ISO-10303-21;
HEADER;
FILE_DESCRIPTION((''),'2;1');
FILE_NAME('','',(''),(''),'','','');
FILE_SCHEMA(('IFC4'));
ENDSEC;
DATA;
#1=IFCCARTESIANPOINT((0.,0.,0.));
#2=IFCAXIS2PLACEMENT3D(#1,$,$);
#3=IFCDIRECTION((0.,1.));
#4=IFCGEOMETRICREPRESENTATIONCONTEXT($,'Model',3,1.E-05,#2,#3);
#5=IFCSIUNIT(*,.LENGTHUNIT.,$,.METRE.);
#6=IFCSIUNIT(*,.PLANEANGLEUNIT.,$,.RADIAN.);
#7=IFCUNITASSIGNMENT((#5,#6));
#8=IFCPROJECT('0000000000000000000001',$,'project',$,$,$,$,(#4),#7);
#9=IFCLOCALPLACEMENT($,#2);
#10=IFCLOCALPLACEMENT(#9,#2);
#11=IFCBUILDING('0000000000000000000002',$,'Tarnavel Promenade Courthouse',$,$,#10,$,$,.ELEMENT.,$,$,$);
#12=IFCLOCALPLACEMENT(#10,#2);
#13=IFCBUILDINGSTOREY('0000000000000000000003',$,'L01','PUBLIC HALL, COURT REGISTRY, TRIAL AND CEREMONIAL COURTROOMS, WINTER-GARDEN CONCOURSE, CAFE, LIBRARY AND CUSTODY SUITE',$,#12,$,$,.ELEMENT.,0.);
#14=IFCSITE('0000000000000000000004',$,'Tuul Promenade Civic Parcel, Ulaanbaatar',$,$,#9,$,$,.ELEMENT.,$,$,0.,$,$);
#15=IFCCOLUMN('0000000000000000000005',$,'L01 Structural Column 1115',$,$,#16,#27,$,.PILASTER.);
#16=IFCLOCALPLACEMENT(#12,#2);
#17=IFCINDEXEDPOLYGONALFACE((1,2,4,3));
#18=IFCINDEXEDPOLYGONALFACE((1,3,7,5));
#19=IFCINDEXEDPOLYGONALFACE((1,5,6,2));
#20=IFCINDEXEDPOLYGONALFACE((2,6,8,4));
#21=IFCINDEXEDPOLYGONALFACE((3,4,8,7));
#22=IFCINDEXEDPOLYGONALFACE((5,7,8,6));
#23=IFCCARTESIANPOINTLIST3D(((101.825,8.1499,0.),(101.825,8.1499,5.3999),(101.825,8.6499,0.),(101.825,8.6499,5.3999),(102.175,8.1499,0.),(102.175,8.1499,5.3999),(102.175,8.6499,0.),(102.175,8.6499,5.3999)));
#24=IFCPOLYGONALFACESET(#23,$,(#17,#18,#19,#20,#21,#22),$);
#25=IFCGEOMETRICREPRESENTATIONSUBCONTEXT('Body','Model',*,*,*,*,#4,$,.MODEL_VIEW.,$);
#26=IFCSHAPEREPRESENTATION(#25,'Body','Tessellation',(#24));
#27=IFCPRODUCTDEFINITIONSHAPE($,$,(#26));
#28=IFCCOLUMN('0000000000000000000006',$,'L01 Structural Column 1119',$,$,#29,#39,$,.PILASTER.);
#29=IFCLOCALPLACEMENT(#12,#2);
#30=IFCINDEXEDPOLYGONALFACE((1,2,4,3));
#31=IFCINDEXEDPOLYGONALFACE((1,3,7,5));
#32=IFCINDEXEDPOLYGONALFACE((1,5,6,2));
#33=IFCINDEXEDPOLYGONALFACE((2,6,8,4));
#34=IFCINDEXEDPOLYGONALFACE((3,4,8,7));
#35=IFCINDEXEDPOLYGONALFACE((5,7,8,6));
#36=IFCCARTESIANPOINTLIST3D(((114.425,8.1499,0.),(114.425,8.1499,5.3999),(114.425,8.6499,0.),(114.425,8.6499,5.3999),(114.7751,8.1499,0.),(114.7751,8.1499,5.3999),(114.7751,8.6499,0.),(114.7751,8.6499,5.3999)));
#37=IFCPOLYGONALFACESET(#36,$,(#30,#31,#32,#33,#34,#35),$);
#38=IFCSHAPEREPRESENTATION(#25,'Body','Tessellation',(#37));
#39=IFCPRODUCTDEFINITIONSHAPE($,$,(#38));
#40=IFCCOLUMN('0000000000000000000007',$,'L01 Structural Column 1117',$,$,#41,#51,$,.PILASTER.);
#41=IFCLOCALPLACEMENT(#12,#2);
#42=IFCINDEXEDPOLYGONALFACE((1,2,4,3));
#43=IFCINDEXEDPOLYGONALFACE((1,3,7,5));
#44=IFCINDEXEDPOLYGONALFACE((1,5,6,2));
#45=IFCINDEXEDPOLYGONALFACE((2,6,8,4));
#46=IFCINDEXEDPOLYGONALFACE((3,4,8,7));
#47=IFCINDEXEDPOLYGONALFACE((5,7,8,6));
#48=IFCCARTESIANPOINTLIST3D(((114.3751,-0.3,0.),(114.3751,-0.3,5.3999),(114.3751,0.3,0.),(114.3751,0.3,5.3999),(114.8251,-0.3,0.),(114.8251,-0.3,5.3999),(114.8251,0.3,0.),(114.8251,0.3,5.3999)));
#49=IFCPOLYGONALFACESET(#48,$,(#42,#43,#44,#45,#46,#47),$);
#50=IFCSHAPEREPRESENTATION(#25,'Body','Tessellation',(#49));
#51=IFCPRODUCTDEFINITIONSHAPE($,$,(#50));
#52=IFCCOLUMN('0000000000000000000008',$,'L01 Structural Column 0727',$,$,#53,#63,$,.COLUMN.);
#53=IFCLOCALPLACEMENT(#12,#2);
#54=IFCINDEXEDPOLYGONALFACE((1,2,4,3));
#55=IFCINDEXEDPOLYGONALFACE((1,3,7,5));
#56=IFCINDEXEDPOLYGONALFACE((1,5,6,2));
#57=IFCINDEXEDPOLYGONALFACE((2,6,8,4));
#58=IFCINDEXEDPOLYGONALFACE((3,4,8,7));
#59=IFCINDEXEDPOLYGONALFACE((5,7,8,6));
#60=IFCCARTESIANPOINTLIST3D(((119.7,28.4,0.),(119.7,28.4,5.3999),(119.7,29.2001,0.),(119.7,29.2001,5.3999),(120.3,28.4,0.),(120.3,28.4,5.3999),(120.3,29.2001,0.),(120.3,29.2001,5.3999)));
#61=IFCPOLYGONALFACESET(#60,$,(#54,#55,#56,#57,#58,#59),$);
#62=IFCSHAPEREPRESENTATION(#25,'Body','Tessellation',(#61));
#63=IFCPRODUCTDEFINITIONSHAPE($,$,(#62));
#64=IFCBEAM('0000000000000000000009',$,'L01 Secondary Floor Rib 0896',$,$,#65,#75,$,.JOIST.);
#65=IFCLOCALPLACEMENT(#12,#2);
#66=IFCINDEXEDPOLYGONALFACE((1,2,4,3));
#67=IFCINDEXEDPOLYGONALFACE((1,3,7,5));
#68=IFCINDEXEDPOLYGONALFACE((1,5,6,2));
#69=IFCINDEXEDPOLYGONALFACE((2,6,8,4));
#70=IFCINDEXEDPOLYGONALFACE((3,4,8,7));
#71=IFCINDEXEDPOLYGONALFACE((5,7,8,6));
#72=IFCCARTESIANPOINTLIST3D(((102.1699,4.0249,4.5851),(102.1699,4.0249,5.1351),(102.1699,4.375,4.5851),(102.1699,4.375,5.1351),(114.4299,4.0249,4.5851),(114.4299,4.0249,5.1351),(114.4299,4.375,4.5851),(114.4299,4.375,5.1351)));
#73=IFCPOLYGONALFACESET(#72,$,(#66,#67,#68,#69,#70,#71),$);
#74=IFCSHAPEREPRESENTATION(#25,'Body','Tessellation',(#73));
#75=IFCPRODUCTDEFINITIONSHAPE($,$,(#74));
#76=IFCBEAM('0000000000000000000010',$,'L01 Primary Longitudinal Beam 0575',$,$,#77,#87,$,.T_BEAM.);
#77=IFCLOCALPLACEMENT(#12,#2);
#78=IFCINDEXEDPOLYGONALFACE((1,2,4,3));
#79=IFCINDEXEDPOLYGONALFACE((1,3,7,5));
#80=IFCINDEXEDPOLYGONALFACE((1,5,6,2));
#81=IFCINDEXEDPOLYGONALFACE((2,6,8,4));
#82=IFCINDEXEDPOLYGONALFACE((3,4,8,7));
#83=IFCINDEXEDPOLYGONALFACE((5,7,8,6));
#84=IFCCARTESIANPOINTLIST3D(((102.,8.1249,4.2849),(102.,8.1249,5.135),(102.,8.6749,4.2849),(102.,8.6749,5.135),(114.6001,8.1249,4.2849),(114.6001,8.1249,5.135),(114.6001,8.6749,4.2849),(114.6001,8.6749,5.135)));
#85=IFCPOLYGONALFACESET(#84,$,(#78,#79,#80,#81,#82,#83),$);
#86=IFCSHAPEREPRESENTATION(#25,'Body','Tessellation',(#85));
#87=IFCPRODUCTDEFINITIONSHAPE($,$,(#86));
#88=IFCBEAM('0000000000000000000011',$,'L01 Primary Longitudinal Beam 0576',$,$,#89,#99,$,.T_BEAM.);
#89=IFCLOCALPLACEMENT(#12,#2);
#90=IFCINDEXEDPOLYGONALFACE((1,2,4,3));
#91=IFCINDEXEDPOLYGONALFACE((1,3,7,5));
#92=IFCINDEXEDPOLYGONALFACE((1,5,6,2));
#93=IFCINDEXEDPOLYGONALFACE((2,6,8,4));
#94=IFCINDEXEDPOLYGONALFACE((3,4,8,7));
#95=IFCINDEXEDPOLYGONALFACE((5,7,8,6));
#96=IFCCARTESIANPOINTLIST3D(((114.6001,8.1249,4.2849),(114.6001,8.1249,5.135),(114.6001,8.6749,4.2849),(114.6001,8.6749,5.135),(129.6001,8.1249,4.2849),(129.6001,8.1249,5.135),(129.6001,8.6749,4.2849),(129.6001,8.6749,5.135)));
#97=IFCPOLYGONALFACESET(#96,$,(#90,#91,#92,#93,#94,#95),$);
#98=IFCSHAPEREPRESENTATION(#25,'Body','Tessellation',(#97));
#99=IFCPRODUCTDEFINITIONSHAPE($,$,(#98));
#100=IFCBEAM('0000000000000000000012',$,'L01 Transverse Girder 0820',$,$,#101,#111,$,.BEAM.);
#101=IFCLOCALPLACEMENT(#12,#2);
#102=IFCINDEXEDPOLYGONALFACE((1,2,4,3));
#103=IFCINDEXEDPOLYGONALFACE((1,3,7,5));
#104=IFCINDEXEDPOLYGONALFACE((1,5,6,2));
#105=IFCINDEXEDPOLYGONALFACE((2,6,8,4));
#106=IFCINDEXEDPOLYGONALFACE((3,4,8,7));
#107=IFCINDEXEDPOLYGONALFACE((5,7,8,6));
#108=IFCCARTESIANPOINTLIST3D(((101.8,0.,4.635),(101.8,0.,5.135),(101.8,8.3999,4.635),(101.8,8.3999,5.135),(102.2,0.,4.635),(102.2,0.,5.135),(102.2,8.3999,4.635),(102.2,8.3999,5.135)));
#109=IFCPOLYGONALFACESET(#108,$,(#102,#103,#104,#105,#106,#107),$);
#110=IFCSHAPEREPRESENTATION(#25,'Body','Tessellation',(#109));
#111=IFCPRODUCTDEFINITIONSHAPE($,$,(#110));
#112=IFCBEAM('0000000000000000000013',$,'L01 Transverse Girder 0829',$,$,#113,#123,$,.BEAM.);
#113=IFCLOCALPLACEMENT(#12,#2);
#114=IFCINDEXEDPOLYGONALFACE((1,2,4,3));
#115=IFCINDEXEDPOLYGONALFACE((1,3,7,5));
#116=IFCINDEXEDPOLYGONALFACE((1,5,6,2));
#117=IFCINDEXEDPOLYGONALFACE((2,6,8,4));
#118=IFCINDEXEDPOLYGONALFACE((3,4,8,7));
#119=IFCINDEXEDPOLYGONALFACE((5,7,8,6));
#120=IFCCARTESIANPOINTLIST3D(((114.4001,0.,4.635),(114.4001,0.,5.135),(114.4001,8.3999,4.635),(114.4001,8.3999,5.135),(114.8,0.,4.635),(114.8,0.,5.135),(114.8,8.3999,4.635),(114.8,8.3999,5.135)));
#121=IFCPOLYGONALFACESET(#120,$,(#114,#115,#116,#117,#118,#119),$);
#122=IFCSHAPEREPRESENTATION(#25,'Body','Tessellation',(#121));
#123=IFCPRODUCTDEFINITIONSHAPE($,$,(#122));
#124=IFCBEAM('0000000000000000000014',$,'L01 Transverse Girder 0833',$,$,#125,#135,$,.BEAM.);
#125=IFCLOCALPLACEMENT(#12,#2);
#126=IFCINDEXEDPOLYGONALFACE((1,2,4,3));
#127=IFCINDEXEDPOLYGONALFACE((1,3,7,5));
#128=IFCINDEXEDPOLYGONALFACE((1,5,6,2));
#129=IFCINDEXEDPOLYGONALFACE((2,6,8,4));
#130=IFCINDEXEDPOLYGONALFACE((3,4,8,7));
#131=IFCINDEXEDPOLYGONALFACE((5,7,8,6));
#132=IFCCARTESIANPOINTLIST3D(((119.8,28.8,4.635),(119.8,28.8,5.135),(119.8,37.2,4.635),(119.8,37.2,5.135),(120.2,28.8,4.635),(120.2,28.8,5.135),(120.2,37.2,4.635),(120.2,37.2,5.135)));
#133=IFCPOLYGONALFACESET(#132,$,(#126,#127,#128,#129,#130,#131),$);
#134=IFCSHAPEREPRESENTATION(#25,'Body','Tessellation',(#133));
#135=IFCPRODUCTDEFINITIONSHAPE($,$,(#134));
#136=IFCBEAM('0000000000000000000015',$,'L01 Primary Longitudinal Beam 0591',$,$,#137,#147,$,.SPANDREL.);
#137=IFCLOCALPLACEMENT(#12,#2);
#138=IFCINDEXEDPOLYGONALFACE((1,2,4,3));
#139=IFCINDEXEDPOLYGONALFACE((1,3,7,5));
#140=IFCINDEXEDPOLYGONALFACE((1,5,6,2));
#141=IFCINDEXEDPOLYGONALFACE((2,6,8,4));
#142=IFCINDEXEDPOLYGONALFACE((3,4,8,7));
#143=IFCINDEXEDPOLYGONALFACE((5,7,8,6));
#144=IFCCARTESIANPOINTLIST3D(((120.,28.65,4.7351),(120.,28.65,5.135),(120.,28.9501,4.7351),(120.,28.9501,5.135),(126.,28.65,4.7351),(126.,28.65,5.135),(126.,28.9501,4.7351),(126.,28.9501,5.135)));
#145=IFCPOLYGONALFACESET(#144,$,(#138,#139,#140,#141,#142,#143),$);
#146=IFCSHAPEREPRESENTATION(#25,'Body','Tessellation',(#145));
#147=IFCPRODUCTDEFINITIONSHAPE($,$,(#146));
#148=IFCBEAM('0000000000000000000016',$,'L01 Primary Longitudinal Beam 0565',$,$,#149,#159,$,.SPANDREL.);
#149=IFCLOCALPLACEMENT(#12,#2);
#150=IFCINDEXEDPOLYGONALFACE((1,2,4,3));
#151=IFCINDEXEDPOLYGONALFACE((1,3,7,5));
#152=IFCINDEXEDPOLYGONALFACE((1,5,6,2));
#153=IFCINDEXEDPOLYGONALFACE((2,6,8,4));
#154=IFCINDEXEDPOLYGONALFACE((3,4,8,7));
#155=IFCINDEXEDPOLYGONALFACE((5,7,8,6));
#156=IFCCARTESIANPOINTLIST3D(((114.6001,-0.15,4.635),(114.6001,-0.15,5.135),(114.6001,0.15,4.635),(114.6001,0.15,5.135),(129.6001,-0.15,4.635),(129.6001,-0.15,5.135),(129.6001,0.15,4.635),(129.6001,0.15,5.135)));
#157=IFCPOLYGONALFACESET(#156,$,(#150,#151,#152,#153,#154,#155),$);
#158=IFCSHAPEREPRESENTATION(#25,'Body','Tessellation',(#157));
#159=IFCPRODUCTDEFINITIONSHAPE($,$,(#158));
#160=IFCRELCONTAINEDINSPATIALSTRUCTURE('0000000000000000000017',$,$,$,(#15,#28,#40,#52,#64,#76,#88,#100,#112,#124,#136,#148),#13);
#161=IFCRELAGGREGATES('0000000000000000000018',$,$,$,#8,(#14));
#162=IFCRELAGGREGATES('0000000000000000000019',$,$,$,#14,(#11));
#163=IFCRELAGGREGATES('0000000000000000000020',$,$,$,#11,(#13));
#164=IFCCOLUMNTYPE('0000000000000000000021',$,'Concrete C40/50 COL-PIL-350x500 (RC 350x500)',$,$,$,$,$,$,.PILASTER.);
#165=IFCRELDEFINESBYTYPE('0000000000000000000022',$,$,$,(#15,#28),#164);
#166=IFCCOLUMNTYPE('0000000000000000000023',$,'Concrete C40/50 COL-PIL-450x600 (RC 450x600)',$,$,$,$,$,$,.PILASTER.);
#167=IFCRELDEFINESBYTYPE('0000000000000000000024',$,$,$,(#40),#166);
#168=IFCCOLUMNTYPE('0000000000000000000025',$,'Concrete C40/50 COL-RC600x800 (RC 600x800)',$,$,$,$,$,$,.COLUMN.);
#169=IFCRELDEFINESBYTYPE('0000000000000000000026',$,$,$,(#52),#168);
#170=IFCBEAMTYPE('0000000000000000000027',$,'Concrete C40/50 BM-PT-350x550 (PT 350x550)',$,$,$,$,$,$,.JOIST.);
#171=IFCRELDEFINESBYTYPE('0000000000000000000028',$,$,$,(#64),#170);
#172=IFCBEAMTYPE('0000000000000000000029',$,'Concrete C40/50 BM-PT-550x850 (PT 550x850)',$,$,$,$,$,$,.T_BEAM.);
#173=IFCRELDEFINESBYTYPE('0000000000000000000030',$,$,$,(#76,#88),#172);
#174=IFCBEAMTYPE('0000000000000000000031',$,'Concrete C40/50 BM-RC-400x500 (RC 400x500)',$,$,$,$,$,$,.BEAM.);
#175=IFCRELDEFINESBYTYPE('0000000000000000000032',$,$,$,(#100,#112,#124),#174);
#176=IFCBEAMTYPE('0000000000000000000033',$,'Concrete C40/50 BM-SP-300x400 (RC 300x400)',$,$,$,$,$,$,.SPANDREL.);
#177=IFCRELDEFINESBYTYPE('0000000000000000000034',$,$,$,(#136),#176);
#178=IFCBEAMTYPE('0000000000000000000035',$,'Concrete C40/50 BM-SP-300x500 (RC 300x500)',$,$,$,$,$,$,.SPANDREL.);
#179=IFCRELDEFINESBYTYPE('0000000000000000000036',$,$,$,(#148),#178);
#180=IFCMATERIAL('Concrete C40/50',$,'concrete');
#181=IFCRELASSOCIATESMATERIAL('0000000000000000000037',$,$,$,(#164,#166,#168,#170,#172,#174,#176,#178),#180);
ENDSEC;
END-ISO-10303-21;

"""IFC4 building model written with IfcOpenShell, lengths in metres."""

from ifc_helpers import new_model, si_unit, direction, frame, origin, origin_2d, place, context, subcontext, project, spatial, rectangle, extrude, material, material_profile, profile_set, type_object, element, save


model = new_model("IFC4")

# Units and contexts
model_context = context("Model", 3, precision=1e-05, world=origin(), true_north=direction((0.0, 1.0)))
body_context = subcontext(model_context, "Body", "Model", "MODEL_VIEW")
ifc_project = project(units=[si_unit("LENGTHUNIT", "METRE"), si_unit("PLANEANGLEUNIT", "RADIAN")], contexts=[model_context])

# Site, building, storey
site_placement = place(None, origin())
site = spatial("IfcSite", under=ifc_project, at=site_placement, Name="Tuul Promenade Civic Parcel, Ulaanbaatar", CompositionType="ELEMENT", RefElevation=0.0)
building_placement = place(site_placement, origin())
building = spatial("IfcBuilding", under=site, at=building_placement, Name="Tarnavel Promenade Courthouse", CompositionType="ELEMENT")
storey_placement = place(building_placement, origin())
storey = spatial("IfcBuildingStorey", under=building, at=storey_placement, Name="L01", Description="PUBLIC HALL, COURT REGISTRY, TRIAL AND CEREMONIAL COURTROOMS, WINTER-GARDEN CONCOURSE, CAFE, LIBRARY AND CUSTODY SUITE", CompositionType="ELEMENT", Elevation=0.0)

# Columns
ifc_material_1 = material(Name="Concrete C40/50", Category="concrete")
ifc_material_profile_1 = material_profile(ifc_material_1, rectangle(XDim=0.3501, YDim=0.5, at=origin_2d()), Name="RC 350x500")
ifc_profile_set_1 = profile_set([ifc_material_profile_1], Name="Concrete C40/50")
column_type_1 = type_object("IfcColumnType", Name="Concrete C40/50 COL-PIL-350x500 (RC 350x500)", PredefinedType="PILASTER", material=ifc_profile_set_1)
for number, where, z_axis, x_axis, name in (
    (1, (102.0, 8.3999, 0.0), (0.0, 0.0, 1.0), (1.0, 0.0, 0.0), "L01 Structural Column 1115"),
    (2, (114.6001, 8.3999, 0.0), (0.0, 0.0, 1.0), (1.0, 0.0, 0.0), "L01 Structural Column 1119"),
):
    element("IfcColumn", number, at=place(storey_placement, frame(where, z_axis=z_axis, x_axis=x_axis)), inside=storey, type_object=column_type_1, Name=name, PredefinedType="PILASTER", context=body_context, shape_type="SweptSolid", body=[
        extrude(rectangle(XDim=0.3501, YDim=0.5, at=origin_2d()), origin(), (0.0, 0.0, 1.0), 5.3999),
    ])
ifc_material_profile_2 = material_profile(ifc_material_1, rectangle(XDim=0.45, YDim=0.6001, at=origin_2d()), Name="RC 450x600")
ifc_profile_set_2 = profile_set([ifc_material_profile_2], Name="Concrete C40/50")
column_type_2 = type_object("IfcColumnType", Name="Concrete C40/50 COL-PIL-450x600 (RC 450x600)", PredefinedType="PILASTER", material=ifc_profile_set_2)
column_1_placement = place(storey_placement, frame((114.6001, 0.0, 0.0), z_axis=(0.0, 0.0, 1.0), x_axis=(1.0, 0.0, 0.0)))
element("IfcColumn", 3, at=column_1_placement, inside=storey, type_object=column_type_2, Name="L01 Structural Column 1117", PredefinedType="PILASTER", context=body_context, shape_type="SweptSolid", body=[
    extrude(rectangle(XDim=0.45, YDim=0.6001, at=origin_2d()), origin(), (0.0, 0.0, 1.0), 5.3999),
])
ifc_material_profile_3 = material_profile(ifc_material_1, rectangle(XDim=0.6001, YDim=0.8, at=origin_2d()), Name="RC 600x800")
ifc_profile_set_3 = profile_set([ifc_material_profile_3], Name="Concrete C40/50")
column_type_3 = type_object("IfcColumnType", Name="Concrete C40/50 COL-RC600x800 (RC 600x800)", PredefinedType="COLUMN", material=ifc_profile_set_3)
column_2_placement = place(storey_placement, frame((120.0, 28.8, 0.0), z_axis=(0.0, 0.0, 1.0), x_axis=(1.0, 0.0, 0.0)))
element("IfcColumn", 4, at=column_2_placement, inside=storey, type_object=column_type_3, Name="L01 Structural Column 0727", PredefinedType="COLUMN", context=body_context, shape_type="SweptSolid", body=[
    extrude(rectangle(XDim=0.6001, YDim=0.8, at=origin_2d()), origin(), (0.0, 0.0, 1.0), 5.3999),
])

# Beams
ifc_material_profile_4 = material_profile(ifc_material_1, rectangle(XDim=0.3501, YDim=0.55, at=origin_2d()), Name="PT 350x550")
ifc_profile_set_4 = profile_set([ifc_material_profile_4], Name="Concrete C40/50")
beam_type_1 = type_object("IfcBeamType", Name="Concrete C40/50 BM-PT-350x550 (PT 350x550)", PredefinedType="JOIST", material=ifc_profile_set_4)
beam_1_placement = place(storey_placement, frame((102.1699, 4.2, 4.8601), z_axis=(1.0, 0.0, 0.0), x_axis=(0.0, 1.0, 0.0)))
element("IfcBeam", 5, at=beam_1_placement, inside=storey, type_object=beam_type_1, Name="L01 Secondary Floor Rib 0896", PredefinedType="JOIST", context=body_context, shape_type="SweptSolid", body=[
    extrude(rectangle(XDim=0.3501, YDim=0.55, at=origin_2d()), origin(), (0.0, 0.0, 1.0), 12.26),
])
ifc_material_profile_5 = material_profile(ifc_material_1, rectangle(XDim=0.55, YDim=0.8501, at=origin_2d()), Name="PT 550x850")
ifc_profile_set_5 = profile_set([ifc_material_profile_5], Name="Concrete C40/50")
beam_type_2 = type_object("IfcBeamType", Name="Concrete C40/50 BM-PT-550x850 (PT 550x850)", PredefinedType="T_BEAM", material=ifc_profile_set_5)
beam_2_placement = place(storey_placement, frame((102.0, 8.3999, 4.71), z_axis=(1.0, 0.0, 0.0), x_axis=(0.0, 1.0, 0.0)))
element("IfcBeam", 6, at=beam_2_placement, inside=storey, type_object=beam_type_2, Name="L01 Primary Longitudinal Beam 0575", PredefinedType="T_BEAM", context=body_context, shape_type="SweptSolid", body=[
    extrude(rectangle(XDim=0.55, YDim=0.8501, at=origin_2d()), origin(), (0.0, 0.0, 1.0), 12.6001),
])
beam_3_placement = place(storey_placement, frame((114.6001, 8.3999, 4.71), z_axis=(1.0, 0.0, 0.0), x_axis=(0.0, 1.0, 0.0)))
element("IfcBeam", 7, at=beam_3_placement, inside=storey, type_object=beam_type_2, Name="L01 Primary Longitudinal Beam 0576", PredefinedType="T_BEAM", context=body_context, shape_type="SweptSolid", body=[
    extrude(rectangle(XDim=0.55, YDim=0.8501, at=origin_2d()), origin(), (0.0, 0.0, 1.0), 15.0),
])
ifc_material_profile_6 = material_profile(ifc_material_1, rectangle(XDim=0.3999, YDim=0.5, at=origin_2d()), Name="RC 400x500")
ifc_profile_set_6 = profile_set([ifc_material_profile_6], Name="Concrete C40/50")
beam_type_3 = type_object("IfcBeamType", Name="Concrete C40/50 BM-RC-400x500 (RC 400x500)", PredefinedType="BEAM", material=ifc_profile_set_6)
for number, where, z_axis, x_axis, name in (
    (8, (102.0, 0.0, 4.885), (0.0, 1.0, 0.0), (-1.0, 0.0, 0.0), "L01 Transverse Girder 0820"),
    (9, (114.6001, 0.0, 4.885), (0.0, 1.0, 0.0), (-1.0, 0.0, 0.0), "L01 Transverse Girder 0829"),
    (10, (120.0, 28.8, 4.885), (0.0, 1.0, 0.0), (-1.0, 0.0, 0.0), "L01 Transverse Girder 0833"),
):
    element("IfcBeam", number, at=place(storey_placement, frame(where, z_axis=z_axis, x_axis=x_axis)), inside=storey, type_object=beam_type_3, Name=name, PredefinedType="BEAM", context=body_context, shape_type="SweptSolid", body=[
        extrude(rectangle(XDim=0.3999, YDim=0.5, at=origin_2d()), origin(), (0.0, 0.0, 1.0), 8.3999),
    ])
ifc_material_profile_7 = material_profile(ifc_material_1, rectangle(XDim=0.3, YDim=0.3999, at=origin_2d()), Name="RC 300x400")
ifc_profile_set_7 = profile_set([ifc_material_profile_7], Name="Concrete C40/50")
beam_type_4 = type_object("IfcBeamType", Name="Concrete C40/50 BM-SP-300x400 (RC 300x400)", PredefinedType="SPANDREL", material=ifc_profile_set_7)
beam_4_placement = place(storey_placement, frame((120.0, 28.8, 4.9351), z_axis=(1.0, 0.0, 0.0), x_axis=(0.0, 1.0, 0.0)))
element("IfcBeam", 11, at=beam_4_placement, inside=storey, type_object=beam_type_4, Name="L01 Primary Longitudinal Beam 0591", PredefinedType="SPANDREL", context=body_context, shape_type="SweptSolid", body=[
    extrude(rectangle(XDim=0.3, YDim=0.3999, at=origin_2d()), origin(), (0.0, 0.0, 1.0), 6.0),
])
ifc_material_profile_8 = material_profile(ifc_material_1, rectangle(XDim=0.3, YDim=0.5, at=origin_2d()), Name="RC 300x500")
ifc_profile_set_8 = profile_set([ifc_material_profile_8], Name="Concrete C40/50")
beam_type_5 = type_object("IfcBeamType", Name="Concrete C40/50 BM-SP-300x500 (RC 300x500)", PredefinedType="SPANDREL", material=ifc_profile_set_8)
beam_5_placement = place(storey_placement, frame((114.6001, 0.0, 4.885), z_axis=(1.0, 0.0, 0.0), x_axis=(0.0, 1.0, 0.0)))
element("IfcBeam", 12, at=beam_5_placement, inside=storey, type_object=beam_type_5, Name="L01 Primary Longitudinal Beam 0565", PredefinedType="SPANDREL", context=body_context, shape_type="SweptSolid", body=[
    extrude(rectangle(XDim=0.3, YDim=0.5, at=origin_2d()), origin(), (0.0, 0.0, 1.0), 15.0),
])

save(model, "model.ifc")
